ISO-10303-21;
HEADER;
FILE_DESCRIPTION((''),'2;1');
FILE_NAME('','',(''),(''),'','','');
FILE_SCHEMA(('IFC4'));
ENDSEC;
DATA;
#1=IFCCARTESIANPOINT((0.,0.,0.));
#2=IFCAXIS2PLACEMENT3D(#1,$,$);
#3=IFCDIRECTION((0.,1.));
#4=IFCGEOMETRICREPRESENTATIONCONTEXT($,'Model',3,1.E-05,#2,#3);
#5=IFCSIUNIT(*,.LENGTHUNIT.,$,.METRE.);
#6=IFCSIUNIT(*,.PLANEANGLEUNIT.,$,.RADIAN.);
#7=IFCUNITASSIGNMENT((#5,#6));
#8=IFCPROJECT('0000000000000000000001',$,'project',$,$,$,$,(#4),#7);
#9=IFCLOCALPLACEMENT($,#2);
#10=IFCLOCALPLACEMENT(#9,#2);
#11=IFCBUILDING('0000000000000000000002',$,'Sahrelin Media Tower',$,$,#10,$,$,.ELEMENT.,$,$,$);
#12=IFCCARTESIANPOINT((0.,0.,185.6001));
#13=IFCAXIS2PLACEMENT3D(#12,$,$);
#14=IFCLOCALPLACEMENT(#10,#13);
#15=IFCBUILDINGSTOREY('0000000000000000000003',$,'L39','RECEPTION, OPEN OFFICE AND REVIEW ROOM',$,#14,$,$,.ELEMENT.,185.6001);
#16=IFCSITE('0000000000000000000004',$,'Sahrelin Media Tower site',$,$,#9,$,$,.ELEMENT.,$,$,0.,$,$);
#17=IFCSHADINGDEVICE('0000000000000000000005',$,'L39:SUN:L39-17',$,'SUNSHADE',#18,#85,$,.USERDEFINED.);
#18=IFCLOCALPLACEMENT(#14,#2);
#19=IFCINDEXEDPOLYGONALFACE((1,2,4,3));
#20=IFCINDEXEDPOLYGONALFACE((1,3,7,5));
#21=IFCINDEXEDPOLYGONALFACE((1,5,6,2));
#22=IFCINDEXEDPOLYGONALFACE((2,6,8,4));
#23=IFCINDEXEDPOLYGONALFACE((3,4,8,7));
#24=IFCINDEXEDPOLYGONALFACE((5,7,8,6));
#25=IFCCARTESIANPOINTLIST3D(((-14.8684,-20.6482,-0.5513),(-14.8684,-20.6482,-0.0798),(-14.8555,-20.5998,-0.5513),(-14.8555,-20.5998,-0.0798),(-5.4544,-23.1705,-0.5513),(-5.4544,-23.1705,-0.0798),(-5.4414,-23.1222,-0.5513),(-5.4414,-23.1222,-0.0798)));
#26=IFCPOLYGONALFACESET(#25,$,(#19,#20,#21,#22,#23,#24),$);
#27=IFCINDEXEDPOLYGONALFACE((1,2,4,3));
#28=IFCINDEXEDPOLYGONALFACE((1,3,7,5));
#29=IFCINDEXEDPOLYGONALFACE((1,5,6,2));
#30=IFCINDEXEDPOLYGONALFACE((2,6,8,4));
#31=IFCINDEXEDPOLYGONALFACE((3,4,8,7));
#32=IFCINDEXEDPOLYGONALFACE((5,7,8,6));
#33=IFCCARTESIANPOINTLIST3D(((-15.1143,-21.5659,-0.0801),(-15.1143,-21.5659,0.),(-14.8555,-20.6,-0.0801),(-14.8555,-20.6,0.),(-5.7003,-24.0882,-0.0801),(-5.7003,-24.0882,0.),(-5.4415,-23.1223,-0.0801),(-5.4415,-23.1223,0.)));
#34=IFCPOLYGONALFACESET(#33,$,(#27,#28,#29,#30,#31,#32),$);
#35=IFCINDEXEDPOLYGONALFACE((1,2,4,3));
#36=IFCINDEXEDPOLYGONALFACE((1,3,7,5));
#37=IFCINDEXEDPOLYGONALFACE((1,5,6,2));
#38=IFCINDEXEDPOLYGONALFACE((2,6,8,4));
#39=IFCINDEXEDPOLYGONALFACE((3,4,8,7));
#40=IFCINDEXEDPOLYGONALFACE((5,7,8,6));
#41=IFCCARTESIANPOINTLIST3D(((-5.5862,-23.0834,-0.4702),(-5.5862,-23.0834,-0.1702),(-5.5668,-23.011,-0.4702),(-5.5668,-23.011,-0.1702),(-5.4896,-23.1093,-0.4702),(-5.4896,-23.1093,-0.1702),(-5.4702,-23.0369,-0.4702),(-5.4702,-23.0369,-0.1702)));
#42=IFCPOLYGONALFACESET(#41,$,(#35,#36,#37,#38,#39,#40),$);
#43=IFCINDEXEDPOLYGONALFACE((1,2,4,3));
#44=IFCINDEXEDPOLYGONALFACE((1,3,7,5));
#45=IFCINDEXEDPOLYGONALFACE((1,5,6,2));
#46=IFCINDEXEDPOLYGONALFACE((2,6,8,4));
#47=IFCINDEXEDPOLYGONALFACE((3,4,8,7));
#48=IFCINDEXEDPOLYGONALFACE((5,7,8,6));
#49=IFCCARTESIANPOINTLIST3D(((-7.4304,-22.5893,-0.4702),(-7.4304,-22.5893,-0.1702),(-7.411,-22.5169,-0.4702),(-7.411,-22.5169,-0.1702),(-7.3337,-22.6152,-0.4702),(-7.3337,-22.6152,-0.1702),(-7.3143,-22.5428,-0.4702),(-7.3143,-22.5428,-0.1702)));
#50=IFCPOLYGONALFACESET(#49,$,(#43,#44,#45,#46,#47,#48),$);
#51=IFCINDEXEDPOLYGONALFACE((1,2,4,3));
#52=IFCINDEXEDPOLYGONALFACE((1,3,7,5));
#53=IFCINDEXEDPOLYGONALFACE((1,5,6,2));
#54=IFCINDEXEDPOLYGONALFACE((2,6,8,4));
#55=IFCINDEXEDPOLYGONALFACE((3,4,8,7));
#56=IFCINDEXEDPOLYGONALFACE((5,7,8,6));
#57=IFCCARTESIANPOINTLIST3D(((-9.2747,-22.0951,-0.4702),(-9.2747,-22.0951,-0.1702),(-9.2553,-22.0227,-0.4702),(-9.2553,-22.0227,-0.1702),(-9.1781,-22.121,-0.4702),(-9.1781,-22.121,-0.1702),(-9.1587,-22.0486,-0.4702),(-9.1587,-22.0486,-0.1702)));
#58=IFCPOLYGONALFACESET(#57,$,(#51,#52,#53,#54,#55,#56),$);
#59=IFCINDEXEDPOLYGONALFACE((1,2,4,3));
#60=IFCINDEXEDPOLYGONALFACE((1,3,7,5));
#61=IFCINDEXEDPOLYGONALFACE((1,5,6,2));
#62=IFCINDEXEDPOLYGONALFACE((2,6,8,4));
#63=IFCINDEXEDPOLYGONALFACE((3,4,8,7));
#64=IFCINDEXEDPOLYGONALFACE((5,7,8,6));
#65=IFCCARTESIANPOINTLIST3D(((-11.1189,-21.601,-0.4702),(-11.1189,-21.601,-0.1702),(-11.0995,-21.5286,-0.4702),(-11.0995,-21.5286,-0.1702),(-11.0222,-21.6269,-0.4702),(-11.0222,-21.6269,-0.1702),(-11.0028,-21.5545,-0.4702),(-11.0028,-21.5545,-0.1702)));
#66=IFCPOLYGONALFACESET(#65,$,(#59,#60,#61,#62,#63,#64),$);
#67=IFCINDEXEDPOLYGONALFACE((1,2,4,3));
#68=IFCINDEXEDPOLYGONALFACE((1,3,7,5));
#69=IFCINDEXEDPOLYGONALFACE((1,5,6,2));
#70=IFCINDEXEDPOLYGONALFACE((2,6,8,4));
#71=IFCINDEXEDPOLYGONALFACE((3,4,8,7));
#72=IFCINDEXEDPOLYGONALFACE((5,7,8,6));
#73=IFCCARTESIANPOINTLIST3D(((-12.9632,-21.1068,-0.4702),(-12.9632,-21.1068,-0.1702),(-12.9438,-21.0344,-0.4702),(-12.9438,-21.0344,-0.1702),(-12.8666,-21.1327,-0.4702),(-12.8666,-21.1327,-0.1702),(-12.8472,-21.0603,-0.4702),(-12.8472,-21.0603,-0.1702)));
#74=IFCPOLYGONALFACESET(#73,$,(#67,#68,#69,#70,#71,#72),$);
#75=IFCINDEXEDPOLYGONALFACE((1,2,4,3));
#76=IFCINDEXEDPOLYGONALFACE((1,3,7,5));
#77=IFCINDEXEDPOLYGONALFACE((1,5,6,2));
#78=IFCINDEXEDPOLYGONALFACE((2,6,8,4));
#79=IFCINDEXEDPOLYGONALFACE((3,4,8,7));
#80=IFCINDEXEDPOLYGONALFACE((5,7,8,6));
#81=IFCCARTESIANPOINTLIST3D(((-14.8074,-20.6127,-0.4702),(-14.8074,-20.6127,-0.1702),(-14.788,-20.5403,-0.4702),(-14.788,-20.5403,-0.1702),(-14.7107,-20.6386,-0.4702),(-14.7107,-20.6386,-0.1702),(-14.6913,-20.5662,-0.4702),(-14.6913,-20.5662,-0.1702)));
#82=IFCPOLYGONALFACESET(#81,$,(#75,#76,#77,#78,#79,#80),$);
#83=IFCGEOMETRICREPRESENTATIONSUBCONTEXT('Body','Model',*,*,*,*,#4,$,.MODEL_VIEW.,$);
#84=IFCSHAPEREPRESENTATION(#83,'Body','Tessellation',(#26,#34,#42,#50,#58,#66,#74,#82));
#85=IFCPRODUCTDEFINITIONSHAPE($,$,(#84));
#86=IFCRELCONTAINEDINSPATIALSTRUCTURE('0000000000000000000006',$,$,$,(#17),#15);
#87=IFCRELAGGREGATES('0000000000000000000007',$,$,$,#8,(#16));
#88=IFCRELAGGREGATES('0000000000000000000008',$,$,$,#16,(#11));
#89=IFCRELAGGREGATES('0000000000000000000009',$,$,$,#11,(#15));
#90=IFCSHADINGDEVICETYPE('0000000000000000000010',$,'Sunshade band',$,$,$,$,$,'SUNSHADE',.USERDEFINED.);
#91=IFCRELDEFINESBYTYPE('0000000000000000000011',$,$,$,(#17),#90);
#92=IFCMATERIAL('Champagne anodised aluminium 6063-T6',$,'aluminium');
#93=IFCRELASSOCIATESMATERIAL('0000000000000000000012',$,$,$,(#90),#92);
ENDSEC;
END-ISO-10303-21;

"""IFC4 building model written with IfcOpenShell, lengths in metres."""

from ifc_helpers import new_model, si_unit, direction, frame, origin, origin_2d, place, context, subcontext, project, spatial, rectangle, extrude, material, type_object, element, save


model = new_model("IFC4")

# Units and contexts
model_context = context("Model", 3, precision=1e-05, world=origin(), true_north=direction((0.0, 1.0)))
body_context = subcontext(model_context, "Body", "Model", "MODEL_VIEW")
ifc_project = project(units=[si_unit("LENGTHUNIT", "METRE"), si_unit("PLANEANGLEUNIT", "RADIAN")], contexts=[model_context])

# Site, building, storey
site_placement = place(None, origin())
site = spatial("IfcSite", under=ifc_project, at=site_placement, Name="Sahrelin Media Tower site", CompositionType="ELEMENT", RefElevation=0.0)
building_placement = place(site_placement, origin())
building = spatial("IfcBuilding", under=site, at=building_placement, Name="Sahrelin Media Tower", CompositionType="ELEMENT")
storey_placement = place(building_placement, frame((0.0, 0.0, 185.6001)))
storey = spatial("IfcBuildingStorey", under=building, at=storey_placement, Name="L39", Description="RECEPTION, OPEN OFFICE AND REVIEW ROOM", CompositionType="ELEMENT", Elevation=185.6001)

# Shared definitions
ifc_material_1 = material(Name="Champagne anodised aluminium 6063-T6", Category="aluminium")

# Shading device
placement = place(storey_placement, frame((-10.1433, -21.8418, 0.0), z_axis=(0.0, 0.0, 1.0), x_axis=(-0.965929, 0.258808, 0.0)))
shading_device_type_1 = type_object("IfcShadingDeviceType", Name="Sunshade band", ElementType="SUNSHADE", PredefinedType="USERDEFINED", material=ifc_material_1)
element("IfcShadingDevice", 1, at=placement, inside=storey, type_object=shading_device_type_1, Name="L39:SUN:L39-17", ObjectType="SUNSHADE", PredefinedType="USERDEFINED", context=body_context, shape_type="SweptSolid", body=[
    extrude(rectangle(XDim=9.7461, YDim=0.05, at=origin_2d()), frame((0.0, 0.0449, -0.5513)), (0.0, 0.0, 1.0), 0.4714),
    extrude(rectangle(XDim=9.7461, YDim=1.0, at=origin_2d()), frame((0.0, 0.52, -0.0801)), (0.0, 0.0, 1.0), 0.0801),
    extrude(rectangle(XDim=0.1001, YDim=0.075, at=origin_2d()), frame((-4.7732, -0.0176, -0.4702)), (0.0, 0.0, 1.0), 0.3),
    extrude(rectangle(XDim=0.1001, YDim=0.075, at=origin_2d()), frame((-2.864, -0.0176, -0.4702)), (0.0, 0.0, 1.0), 0.3),
    extrude(rectangle(XDim=0.1001, YDim=0.075, at=origin_2d()), frame((-0.9546, -0.0176, -0.4702)), (0.0, 0.0, 1.0), 0.3),
    extrude(rectangle(XDim=0.1001, YDim=0.075, at=origin_2d()), frame((0.9546, -0.0176, -0.4702)), (0.0, 0.0, 1.0), 0.3),
    extrude(rectangle(XDim=0.1001, YDim=0.075, at=origin_2d()), frame((2.864, -0.0176, -0.4702)), (0.0, 0.0, 1.0), 0.3),
    extrude(rectangle(XDim=0.1001, YDim=0.075, at=origin_2d()), frame((4.7732, -0.0176, -0.4702)), (0.0, 0.0, 1.0), 0.3),
])

save(model, "model.ifc")
